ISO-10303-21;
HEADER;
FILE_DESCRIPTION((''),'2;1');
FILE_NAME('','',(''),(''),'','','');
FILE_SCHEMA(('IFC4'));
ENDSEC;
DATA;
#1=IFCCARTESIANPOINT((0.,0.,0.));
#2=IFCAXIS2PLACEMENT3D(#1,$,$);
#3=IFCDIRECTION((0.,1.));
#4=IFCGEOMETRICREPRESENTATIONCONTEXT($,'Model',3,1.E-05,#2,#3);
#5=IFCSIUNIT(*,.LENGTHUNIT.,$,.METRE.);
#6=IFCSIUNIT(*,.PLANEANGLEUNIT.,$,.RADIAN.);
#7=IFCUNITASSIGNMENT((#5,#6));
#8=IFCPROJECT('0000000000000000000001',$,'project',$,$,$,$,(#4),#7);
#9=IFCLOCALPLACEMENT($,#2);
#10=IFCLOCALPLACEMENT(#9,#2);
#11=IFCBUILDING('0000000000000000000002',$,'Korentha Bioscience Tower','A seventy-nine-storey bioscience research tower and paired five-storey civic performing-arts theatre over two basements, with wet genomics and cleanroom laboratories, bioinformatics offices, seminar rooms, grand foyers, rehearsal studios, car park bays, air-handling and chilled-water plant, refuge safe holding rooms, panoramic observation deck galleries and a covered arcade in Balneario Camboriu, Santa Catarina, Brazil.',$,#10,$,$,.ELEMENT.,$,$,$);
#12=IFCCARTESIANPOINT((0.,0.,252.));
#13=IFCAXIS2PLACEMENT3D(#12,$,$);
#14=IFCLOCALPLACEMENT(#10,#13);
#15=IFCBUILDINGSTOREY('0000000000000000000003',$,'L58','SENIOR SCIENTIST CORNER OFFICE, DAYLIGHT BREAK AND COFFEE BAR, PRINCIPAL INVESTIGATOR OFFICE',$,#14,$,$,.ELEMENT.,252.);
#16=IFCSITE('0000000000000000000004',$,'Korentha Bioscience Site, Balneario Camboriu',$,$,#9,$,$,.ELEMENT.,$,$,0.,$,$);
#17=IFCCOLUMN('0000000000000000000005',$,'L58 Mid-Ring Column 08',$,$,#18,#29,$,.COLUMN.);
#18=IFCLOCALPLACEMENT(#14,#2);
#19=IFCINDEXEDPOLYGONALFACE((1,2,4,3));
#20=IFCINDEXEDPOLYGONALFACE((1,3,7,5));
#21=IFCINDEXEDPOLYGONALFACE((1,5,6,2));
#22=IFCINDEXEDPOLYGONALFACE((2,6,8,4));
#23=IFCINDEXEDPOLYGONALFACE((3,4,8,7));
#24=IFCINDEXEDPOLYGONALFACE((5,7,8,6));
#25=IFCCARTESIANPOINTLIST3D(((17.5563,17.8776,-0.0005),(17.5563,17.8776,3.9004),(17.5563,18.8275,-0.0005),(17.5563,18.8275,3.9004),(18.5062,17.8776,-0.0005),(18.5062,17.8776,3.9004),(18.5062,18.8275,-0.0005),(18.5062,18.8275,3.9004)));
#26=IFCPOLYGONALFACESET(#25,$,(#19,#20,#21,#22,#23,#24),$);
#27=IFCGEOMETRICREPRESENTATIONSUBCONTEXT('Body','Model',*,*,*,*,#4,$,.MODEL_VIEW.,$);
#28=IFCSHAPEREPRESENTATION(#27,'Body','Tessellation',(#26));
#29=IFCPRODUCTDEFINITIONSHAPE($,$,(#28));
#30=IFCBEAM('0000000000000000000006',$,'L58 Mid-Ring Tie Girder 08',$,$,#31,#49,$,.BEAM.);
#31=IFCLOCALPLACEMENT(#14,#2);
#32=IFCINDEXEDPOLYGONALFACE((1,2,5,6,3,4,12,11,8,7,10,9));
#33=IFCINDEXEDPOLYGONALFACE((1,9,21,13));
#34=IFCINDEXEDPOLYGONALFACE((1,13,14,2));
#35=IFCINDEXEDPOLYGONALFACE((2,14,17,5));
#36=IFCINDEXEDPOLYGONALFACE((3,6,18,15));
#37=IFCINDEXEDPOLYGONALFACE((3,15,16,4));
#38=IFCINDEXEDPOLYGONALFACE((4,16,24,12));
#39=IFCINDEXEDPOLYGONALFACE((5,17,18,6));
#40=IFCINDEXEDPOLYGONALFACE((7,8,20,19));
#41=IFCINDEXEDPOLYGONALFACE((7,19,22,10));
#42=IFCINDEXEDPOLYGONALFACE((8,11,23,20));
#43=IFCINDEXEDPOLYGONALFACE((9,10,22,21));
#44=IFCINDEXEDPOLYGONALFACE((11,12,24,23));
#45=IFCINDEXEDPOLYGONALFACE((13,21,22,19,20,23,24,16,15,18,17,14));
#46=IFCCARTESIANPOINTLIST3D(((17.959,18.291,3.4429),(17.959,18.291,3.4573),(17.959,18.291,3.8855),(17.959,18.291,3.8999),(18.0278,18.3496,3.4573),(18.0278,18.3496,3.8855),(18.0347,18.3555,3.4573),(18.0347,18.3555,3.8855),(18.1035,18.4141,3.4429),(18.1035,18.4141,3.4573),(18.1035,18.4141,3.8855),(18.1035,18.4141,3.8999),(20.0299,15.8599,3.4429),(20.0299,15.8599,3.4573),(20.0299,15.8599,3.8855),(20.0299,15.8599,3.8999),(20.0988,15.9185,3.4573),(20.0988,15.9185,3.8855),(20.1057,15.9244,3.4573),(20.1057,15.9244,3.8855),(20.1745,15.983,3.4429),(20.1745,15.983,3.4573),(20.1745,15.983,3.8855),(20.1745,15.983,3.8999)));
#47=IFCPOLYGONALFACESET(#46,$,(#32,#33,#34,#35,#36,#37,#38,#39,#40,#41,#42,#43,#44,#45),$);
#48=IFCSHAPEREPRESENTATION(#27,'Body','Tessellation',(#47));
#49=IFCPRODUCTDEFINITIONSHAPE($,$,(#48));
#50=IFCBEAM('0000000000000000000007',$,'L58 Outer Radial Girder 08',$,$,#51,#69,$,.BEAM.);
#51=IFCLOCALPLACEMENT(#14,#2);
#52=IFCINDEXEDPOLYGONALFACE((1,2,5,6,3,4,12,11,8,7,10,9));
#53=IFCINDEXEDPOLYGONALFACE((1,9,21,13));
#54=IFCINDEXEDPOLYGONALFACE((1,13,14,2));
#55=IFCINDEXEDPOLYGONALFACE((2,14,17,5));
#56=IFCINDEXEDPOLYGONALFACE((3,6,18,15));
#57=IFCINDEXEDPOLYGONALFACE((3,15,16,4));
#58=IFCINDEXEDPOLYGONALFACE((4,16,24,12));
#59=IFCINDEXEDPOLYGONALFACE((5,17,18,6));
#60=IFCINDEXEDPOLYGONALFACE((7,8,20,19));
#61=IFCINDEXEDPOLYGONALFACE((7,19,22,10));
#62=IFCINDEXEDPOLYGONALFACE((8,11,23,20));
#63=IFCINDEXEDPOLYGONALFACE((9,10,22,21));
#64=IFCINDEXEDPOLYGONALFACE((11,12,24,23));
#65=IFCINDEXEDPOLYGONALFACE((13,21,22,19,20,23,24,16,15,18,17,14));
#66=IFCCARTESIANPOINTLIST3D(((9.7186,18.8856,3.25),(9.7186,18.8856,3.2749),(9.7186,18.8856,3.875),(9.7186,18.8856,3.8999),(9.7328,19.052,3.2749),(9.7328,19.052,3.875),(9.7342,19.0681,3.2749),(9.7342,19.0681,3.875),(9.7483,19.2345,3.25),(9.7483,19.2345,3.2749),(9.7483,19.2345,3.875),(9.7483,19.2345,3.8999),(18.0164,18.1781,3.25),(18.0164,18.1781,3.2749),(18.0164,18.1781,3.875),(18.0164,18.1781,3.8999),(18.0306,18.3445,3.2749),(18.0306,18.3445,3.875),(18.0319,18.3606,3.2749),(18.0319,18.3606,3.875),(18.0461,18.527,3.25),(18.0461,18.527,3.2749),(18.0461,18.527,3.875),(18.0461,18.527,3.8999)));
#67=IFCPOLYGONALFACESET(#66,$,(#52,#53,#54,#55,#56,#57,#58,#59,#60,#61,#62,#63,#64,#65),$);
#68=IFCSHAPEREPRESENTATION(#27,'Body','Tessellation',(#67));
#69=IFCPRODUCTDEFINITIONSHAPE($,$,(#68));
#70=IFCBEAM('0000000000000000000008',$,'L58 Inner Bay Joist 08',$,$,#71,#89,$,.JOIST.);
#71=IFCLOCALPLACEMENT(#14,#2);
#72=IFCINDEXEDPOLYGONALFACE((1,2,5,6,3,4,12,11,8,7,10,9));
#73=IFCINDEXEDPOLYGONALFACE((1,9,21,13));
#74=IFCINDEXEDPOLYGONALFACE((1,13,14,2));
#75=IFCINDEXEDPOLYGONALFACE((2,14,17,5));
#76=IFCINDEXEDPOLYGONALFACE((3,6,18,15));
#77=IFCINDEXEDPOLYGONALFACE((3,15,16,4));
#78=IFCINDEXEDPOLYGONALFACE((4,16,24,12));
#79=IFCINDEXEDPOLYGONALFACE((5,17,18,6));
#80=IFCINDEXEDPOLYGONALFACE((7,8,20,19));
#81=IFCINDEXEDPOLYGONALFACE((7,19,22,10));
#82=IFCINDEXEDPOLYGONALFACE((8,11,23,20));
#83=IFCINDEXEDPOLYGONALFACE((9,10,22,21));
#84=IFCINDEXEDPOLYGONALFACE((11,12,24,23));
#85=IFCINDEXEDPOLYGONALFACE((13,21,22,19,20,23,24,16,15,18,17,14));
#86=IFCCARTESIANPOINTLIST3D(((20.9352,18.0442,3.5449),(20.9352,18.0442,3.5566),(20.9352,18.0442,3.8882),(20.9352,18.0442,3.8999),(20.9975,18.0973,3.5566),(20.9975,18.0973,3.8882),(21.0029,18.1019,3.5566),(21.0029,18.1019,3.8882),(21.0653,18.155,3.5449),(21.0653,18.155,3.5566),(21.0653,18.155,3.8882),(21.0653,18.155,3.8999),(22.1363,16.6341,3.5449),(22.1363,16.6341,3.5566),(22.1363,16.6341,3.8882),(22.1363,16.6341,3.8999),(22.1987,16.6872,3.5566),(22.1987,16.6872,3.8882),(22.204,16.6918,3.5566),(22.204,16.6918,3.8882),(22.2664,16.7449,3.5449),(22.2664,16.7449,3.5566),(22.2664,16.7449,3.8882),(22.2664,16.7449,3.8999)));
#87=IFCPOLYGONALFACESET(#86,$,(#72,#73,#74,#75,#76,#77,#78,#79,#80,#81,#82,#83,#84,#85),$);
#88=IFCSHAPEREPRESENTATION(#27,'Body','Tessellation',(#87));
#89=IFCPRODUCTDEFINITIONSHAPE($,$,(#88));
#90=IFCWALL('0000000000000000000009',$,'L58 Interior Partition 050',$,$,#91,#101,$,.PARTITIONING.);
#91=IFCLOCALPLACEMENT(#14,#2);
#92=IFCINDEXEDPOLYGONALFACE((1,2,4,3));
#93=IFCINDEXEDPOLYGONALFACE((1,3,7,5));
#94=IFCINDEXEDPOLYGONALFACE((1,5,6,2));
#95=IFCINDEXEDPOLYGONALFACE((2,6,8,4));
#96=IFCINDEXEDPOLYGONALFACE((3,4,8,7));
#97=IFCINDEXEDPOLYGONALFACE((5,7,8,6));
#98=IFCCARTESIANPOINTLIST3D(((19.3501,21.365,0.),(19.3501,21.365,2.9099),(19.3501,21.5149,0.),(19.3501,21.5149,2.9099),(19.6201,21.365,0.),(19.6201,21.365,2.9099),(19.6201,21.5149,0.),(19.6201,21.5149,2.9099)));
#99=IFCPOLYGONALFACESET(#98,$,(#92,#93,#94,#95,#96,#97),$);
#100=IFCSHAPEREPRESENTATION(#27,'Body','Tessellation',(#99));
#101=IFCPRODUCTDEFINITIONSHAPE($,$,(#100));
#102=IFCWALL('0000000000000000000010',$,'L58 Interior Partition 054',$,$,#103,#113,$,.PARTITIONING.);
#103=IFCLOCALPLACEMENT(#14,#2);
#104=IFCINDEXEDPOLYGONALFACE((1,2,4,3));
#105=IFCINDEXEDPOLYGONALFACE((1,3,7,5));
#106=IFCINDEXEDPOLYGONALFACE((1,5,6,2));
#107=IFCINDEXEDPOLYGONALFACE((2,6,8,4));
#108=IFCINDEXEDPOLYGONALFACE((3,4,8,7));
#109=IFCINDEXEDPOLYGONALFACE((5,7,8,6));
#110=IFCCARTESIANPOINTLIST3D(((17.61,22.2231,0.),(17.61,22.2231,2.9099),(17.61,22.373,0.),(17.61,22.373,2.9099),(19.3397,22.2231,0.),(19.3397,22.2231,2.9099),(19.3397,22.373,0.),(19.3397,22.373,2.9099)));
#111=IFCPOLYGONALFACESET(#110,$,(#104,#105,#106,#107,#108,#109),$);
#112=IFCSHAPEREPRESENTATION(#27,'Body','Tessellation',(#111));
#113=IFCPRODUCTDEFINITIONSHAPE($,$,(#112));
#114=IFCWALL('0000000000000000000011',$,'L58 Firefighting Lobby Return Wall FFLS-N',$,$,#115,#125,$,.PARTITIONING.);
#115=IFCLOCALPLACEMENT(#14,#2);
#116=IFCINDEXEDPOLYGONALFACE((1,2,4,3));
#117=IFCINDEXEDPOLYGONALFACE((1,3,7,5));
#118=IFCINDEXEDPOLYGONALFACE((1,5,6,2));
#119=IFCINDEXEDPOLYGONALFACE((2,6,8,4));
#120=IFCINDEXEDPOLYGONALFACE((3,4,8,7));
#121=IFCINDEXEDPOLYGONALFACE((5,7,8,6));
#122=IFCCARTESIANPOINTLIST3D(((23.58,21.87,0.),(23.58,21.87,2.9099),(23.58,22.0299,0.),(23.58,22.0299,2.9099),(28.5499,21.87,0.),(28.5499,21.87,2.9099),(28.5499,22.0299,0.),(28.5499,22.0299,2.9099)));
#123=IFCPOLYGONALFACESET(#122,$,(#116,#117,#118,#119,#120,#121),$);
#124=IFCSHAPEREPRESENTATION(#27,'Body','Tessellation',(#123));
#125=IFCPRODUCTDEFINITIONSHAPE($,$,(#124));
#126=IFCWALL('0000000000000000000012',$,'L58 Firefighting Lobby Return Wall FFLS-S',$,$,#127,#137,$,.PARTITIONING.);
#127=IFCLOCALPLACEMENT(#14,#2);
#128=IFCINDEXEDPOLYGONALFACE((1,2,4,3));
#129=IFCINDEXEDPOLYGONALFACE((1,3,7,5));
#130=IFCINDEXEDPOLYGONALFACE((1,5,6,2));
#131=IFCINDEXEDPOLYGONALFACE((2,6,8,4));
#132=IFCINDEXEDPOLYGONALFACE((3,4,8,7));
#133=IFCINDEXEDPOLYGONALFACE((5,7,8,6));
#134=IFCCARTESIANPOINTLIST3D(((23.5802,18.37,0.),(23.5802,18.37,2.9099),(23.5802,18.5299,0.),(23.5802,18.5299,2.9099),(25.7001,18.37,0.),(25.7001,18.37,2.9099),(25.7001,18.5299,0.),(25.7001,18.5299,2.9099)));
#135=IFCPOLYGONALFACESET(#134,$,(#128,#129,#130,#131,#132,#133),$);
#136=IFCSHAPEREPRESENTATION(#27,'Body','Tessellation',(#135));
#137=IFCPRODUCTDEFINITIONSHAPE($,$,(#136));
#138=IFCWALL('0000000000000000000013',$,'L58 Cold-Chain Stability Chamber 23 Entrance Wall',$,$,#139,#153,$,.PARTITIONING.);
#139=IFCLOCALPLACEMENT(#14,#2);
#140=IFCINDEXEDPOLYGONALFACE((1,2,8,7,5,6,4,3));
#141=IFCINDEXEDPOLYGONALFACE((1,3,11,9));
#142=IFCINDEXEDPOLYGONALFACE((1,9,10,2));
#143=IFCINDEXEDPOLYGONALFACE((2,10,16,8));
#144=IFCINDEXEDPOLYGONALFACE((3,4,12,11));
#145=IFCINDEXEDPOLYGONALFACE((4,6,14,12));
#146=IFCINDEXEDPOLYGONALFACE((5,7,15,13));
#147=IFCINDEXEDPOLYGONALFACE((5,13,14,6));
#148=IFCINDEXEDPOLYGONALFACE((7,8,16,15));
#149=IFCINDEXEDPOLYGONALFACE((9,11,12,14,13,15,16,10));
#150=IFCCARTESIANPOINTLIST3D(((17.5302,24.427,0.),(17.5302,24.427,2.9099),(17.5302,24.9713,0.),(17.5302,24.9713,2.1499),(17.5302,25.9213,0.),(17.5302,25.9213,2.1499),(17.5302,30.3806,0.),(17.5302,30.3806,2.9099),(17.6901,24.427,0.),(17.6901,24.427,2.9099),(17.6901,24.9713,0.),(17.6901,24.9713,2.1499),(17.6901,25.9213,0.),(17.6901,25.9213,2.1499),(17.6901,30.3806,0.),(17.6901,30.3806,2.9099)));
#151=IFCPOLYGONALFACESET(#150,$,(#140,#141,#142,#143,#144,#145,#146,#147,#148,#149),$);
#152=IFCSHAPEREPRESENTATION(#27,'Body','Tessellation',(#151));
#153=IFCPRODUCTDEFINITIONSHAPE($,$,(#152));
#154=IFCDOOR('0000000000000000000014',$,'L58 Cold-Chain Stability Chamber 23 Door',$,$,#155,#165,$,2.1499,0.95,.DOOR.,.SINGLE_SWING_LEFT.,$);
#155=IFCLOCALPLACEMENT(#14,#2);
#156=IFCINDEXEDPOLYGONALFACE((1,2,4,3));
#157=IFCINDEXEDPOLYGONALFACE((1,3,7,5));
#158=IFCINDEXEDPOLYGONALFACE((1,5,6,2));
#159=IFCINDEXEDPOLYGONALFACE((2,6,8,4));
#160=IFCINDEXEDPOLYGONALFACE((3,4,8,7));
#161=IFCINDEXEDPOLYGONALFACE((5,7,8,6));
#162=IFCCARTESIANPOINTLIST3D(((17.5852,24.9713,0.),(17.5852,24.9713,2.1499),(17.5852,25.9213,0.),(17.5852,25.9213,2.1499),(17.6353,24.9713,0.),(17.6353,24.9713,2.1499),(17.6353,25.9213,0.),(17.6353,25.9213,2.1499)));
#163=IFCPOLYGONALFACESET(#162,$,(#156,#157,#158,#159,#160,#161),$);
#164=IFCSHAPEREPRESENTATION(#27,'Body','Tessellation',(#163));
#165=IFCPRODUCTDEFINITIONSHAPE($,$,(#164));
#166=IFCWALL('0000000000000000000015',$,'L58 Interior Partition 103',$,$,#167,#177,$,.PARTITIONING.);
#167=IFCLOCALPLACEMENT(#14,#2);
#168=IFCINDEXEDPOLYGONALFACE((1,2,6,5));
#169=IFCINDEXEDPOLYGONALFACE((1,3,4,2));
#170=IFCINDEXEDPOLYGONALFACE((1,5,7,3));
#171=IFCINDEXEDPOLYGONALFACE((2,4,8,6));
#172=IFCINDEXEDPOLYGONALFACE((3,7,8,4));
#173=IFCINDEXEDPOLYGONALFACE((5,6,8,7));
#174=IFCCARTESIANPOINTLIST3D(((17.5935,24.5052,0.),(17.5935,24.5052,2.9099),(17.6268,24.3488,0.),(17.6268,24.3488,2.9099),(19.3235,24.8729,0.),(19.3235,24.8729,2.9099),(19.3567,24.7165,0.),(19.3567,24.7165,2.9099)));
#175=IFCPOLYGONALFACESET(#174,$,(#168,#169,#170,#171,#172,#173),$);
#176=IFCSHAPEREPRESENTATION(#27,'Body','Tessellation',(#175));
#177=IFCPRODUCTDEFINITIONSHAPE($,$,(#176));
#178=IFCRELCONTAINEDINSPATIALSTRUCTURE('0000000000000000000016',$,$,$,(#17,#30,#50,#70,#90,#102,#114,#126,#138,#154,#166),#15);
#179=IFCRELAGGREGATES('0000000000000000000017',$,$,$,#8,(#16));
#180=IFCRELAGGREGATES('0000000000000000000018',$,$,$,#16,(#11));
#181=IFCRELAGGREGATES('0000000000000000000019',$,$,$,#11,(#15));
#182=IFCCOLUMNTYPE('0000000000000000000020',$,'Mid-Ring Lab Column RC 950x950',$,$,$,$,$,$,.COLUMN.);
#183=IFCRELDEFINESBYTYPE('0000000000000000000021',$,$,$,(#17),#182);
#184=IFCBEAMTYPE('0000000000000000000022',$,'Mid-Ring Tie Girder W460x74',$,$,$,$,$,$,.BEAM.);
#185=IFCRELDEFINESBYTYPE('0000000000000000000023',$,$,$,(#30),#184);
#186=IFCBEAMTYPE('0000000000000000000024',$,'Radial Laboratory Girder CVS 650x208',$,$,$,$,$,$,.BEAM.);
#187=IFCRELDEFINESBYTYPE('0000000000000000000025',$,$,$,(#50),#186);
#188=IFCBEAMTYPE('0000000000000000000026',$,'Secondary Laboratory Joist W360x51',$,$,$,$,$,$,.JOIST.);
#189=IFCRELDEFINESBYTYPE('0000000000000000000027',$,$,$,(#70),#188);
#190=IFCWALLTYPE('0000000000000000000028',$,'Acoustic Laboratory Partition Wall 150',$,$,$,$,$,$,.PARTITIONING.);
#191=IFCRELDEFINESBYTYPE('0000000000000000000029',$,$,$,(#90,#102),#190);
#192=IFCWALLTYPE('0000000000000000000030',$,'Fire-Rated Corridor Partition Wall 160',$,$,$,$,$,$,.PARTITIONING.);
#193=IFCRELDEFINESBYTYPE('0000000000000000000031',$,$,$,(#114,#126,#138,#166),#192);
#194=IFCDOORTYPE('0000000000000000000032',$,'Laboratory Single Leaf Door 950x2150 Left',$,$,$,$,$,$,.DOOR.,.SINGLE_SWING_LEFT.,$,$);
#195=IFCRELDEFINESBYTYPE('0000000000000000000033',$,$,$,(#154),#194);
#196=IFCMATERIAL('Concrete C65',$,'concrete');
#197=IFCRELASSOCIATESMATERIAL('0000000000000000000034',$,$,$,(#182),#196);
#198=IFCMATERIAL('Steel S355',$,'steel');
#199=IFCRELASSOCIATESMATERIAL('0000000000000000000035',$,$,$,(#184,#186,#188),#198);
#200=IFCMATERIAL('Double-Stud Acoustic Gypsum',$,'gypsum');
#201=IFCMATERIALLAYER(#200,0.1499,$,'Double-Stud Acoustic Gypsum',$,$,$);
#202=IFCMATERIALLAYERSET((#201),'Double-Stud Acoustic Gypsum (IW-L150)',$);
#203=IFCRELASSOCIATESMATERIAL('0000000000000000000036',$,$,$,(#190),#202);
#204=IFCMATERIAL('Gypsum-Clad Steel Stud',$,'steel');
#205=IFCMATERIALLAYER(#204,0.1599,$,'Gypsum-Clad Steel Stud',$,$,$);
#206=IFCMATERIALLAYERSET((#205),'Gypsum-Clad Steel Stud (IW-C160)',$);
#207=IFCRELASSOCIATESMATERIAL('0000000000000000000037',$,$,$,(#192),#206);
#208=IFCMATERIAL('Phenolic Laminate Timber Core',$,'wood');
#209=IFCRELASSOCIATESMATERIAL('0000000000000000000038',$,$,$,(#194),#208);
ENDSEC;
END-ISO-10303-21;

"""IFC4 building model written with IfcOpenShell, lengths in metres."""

from ifc_helpers import new_model, si_unit, direction, frame, frame_2d, origin, origin_2d, place, context, subcontext, project, spatial, rectangle, i_section, extrude, material, layer, layer_set, material_profile, profile_set, type_object, element, fill, save


model = new_model("IFC4")

# Units and contexts
model_context = context("Model", 3, precision=1e-05, world=origin(), true_north=direction((0.0, 1.0)))
body_context = subcontext(model_context, "Body", "Model", "MODEL_VIEW")
ifc_project = project(units=[si_unit("LENGTHUNIT", "METRE"), si_unit("PLANEANGLEUNIT", "RADIAN")], contexts=[model_context])

# Site, building, storey
site_placement = place(None, origin())
site = spatial("IfcSite", under=ifc_project, at=site_placement, Name="Korentha Bioscience Site, Balneario Camboriu", CompositionType="ELEMENT", RefElevation=0.0)
building_placement = place(site_placement, origin())
building = spatial("IfcBuilding", under=site, at=building_placement, Name="Korentha Bioscience Tower", Description="A seventy-nine-storey bioscience research tower and paired five-storey civic performing-arts theatre over two basements, with wet genomics and cleanroom laboratories, bioinformatics offices, seminar rooms, grand foyers, rehearsal studios, car park bays, air-handling and chilled-water plant, refuge safe holding rooms, panoramic observation deck galleries and a covered arcade in Balneario Camboriu, Santa Catarina, Brazil.", CompositionType="ELEMENT")
storey_placement = place(building_placement, frame((0.0, 0.0, 252.0)))
storey = spatial("IfcBuildingStorey", under=building, at=storey_placement, Name="L58", Description="SENIOR SCIENTIST CORNER OFFICE, DAYLIGHT BREAK AND COFFEE BAR, PRINCIPAL INVESTIGATOR OFFICE", CompositionType="ELEMENT", Elevation=252.0)

# Column
ifc_material_1 = material(Name="Concrete C65", Category="concrete")
ifc_material_profile_1 = material_profile(ifc_material_1, rectangle(XDim=0.95, YDim=0.95, at=origin_2d()), Name="Concrete C65")
ifc_profile_set_1 = profile_set([ifc_material_profile_1], Name="Concrete C65 (COL-MR09)")
column_type = type_object("IfcColumnType", Name="Mid-Ring Lab Column RC 950x950", PredefinedType="COLUMN", material=ifc_profile_set_1)
column_placement = place(storey_placement, frame((18.0312, 18.3525, -0.0005), z_axis=(0.0, 0.0, 1.0), x_axis=(1.0, 0.0, 0.0)))
element("IfcColumn", 1, at=column_placement, inside=storey, type_object=column_type, Name="L58 Mid-Ring Column 08", PredefinedType="COLUMN", context=body_context, shape_type="SweptSolid", body=[
    extrude(rectangle(XDim=0.95, YDim=0.95, at=origin_2d()), origin(), (0.0, 0.0, 1.0), 3.9009),
])

# Beams
ifc_material_2 = material(Name="Steel S355", Category="steel")
ifc_material_profile_2 = material_profile(ifc_material_2, i_section(OverallWidth=0.1899, OverallDepth=0.457, WebThickness=0.009, FlangeThickness=0.0144, at=origin_2d()), Name="Steel S355")
ifc_profile_set_2 = profile_set([ifc_material_profile_2], Name="Steel S355 (MB-460)")
beam_type_1 = type_object("IfcBeamType", Name="Mid-Ring Tie Girder W460x74", PredefinedType="BEAM", material=ifc_profile_set_2)
beam_1_placement = place(storey_placement, frame((18.0312, 18.3525, 3.6714), z_axis=(0.648478, -0.761233, 0.0), x_axis=(0.761233, 0.648478, 0.0)))
element("IfcBeam", 2, at=beam_1_placement, inside=storey, type_object=beam_type_1, Name="L58 Mid-Ring Tie Girder 08", PredefinedType="BEAM", context=body_context, shape_type="SweptSolid", body=[
    extrude(i_section(OverallWidth=0.1899, OverallDepth=0.457, WebThickness=0.009, FlangeThickness=0.0144, at=origin_2d()), origin(), (0.0, 0.0, 1.0), 3.1936),
])
ifc_material_profile_3 = material_profile(ifc_material_2, i_section(OverallWidth=0.3501, OverallDepth=0.6499, WebThickness=0.0161, FlangeThickness=0.0249, at=origin_2d()), Name="Steel S355")
ifc_profile_set_3 = profile_set([ifc_material_profile_3], Name="Steel S355 (RB-650)")
beam_type_2 = type_object("IfcBeamType", Name="Radial Laboratory Girder CVS 650x208", PredefinedType="BEAM", material=ifc_profile_set_3)
beam_2_placement = place(storey_placement, frame((18.0312, 18.3525, 3.575), z_axis=(-0.996385, 0.084957, 0.0), x_axis=(-0.084957, -0.996385, 0.0)))
element("IfcBeam", 3, at=beam_2_placement, inside=storey, type_object=beam_type_2, Name="L58 Outer Radial Girder 08", PredefinedType="BEAM", context=body_context, shape_type="SweptSolid", body=[
    extrude(i_section(OverallWidth=0.3501, OverallDepth=0.6499, WebThickness=0.0161, FlangeThickness=0.0249, at=origin_2d()), origin(), (0.0, 0.0, 1.0), 8.3279),
])
ifc_material_profile_4 = material_profile(ifc_material_2, i_section(OverallWidth=0.1709, OverallDepth=0.355, WebThickness=0.0071, FlangeThickness=0.0117, at=origin_2d()), Name="Steel S355")
ifc_profile_set_4 = profile_set([ifc_material_profile_4], Name="Steel S355 (JB-360)")
beam_type_3 = type_object("IfcBeamType", Name="Secondary Laboratory Joist W360x51", PredefinedType="JOIST", material=ifc_profile_set_4)
beam_3_placement = place(storey_placement, frame((21.0002, 18.0996, 3.7224), z_axis=(0.648444, -0.761263, 0.0), x_axis=(0.761263, 0.648444, 0.0)))
element("IfcBeam", 4, at=beam_3_placement, inside=storey, type_object=beam_type_3, Name="L58 Inner Bay Joist 08", PredefinedType="JOIST", context=body_context, shape_type="SweptSolid", body=[
    extrude(i_section(OverallWidth=0.1709, OverallDepth=0.355, WebThickness=0.0071, FlangeThickness=0.0117, at=origin_2d()), origin(), (0.0, 0.0, 1.0), 1.8523),
])

# Shared definitions
ifc_material_3 = material(Name="Double-Stud Acoustic Gypsum", Category="gypsum")
ifc_layer_1 = layer(ifc_material_3, 0.1499, Name="Double-Stud Acoustic Gypsum")
ifc_layer_set_1 = layer_set([ifc_layer_1], Name="Double-Stud Acoustic Gypsum (IW-L150)")
wall_type_1 = type_object("IfcWallType", Name="Acoustic Laboratory Partition Wall 150", PredefinedType="PARTITIONING", material=ifc_layer_set_1)
ifc_material_4 = material(Name="Phenolic Laminate Timber Core", Category="wood")

# Walls
wall_1_placement = place(storey_placement, frame((19.3501, 21.4399, 0.0), z_axis=(0.0, 0.0, 1.0), x_axis=(1.0, 0.0, 0.0)))
element("IfcWall", 5, at=wall_1_placement, inside=storey, type_object=wall_type_1, Name="L58 Interior Partition 050", PredefinedType="PARTITIONING", context=body_context, shape_type="SweptSolid", body=[
    extrude(rectangle(XDim=0.27, YDim=0.1499, at=frame_2d((0.135, 0.0))), origin(), (0.0, 0.0, 1.0), 2.9099),
])
wall_2_placement = place(storey_placement, frame((17.6101, 22.2981, 0.0), z_axis=(0.0, 0.0, 1.0), x_axis=(1.0, 0.0, 0.0)))
element("IfcWall", 6, at=wall_2_placement, inside=storey, type_object=wall_type_1, Name="L58 Interior Partition 054", PredefinedType="PARTITIONING", context=body_context, shape_type="SweptSolid", body=[
    extrude(rectangle(XDim=1.7297, YDim=0.1499, at=frame_2d((0.8647, 0.0))), origin(), (0.0, 0.0, 1.0), 2.9099),
])

# Shared definitions
ifc_material_5 = material(Name="Gypsum-Clad Steel Stud", Category="steel")
ifc_layer_2 = layer(ifc_material_5, 0.1599, Name="Gypsum-Clad Steel Stud")
ifc_layer_set_2 = layer_set([ifc_layer_2], Name="Gypsum-Clad Steel Stud (IW-C160)")
wall_type_2 = type_object("IfcWallType", Name="Fire-Rated Corridor Partition Wall 160", PredefinedType="PARTITIONING", material=ifc_layer_set_2)

# Walls
wall_3_placement = place(storey_placement, frame((23.5801, 21.95, 0.0), z_axis=(0.0, 0.0, 1.0), x_axis=(1.0, 0.0, 0.0)))
element("IfcWall", 7, at=wall_3_placement, inside=storey, type_object=wall_type_2, Name="L58 Firefighting Lobby Return Wall FFLS-N", PredefinedType="PARTITIONING", context=body_context, shape_type="SweptSolid", body=[
    extrude(rectangle(XDim=4.97, YDim=0.1599, at=frame_2d((2.4849, 0.0))), origin(), (0.0, 0.0, 1.0), 2.9099),
])
wall_4_placement = place(storey_placement, frame((23.5801, 18.45, 0.0), z_axis=(0.0, 0.0, 1.0), x_axis=(1.0, 0.0, 0.0)))
element("IfcWall", 8, at=wall_4_placement, inside=storey, type_object=wall_type_2, Name="L58 Firefighting Lobby Return Wall FFLS-S", PredefinedType="PARTITIONING", context=body_context, shape_type="SweptSolid", body=[
    extrude(rectangle(XDim=2.1199, YDim=0.1599, at=frame_2d((1.0601, 0.0))), origin(), (0.0, 0.0, 1.0), 2.9099),
])

# Wall, opening, door
wall_5_placement = place(storey_placement, frame((17.6101, 24.427, 0.0), z_axis=(0.0, 0.0, 1.0), x_axis=(0.0, 1.0, 0.0)))
wall_5 = element("IfcWall", 9, at=wall_5_placement, inside=storey, type_object=wall_type_2, Name="L58 Cold-Chain Stability Chamber 23 Entrance Wall", PredefinedType="PARTITIONING", context=body_context, shape_type="SweptSolid", body=[
    extrude(rectangle(XDim=5.9536, YDim=0.1599, at=frame_2d((2.9768, 0.0))), origin(), (0.0, 0.0, 1.0), 2.9099),
])
opening_1_placement = place(wall_5_placement, frame((0.5442, 0.0, 0.0)))
opening_1 = element("IfcOpeningElement", 10, at=opening_1_placement, cuts=wall_5, PredefinedType="OPENING", context=body_context, shape_type="SweptSolid", body=[
    extrude(rectangle(XDim=0.95, YDim=2.1499, at=frame_2d((0.4751, 1.075))), frame((0.0, 0.0947, 0.0), z_axis=(0.0, -1.0, 0.0), x_axis=(1.0, 0.0, 0.0)), (0.0, 0.0, 1.0), 0.1897),
])
door_type_1 = type_object("IfcDoorType", Name="Laboratory Single Leaf Door 950x2150 Left", OperationType="SINGLE_SWING_LEFT", PredefinedType="DOOR", material=ifc_material_4)
door_1_placement = place(opening_1_placement, origin())
door_1 = element("IfcDoor", 11, at=door_1_placement, inside=storey, type_object=door_type_1, Name="L58 Cold-Chain Stability Chamber 23 Door", OperationType="SINGLE_SWING_LEFT", OverallHeight=2.1499, OverallWidth=0.95, PredefinedType="DOOR", context=body_context, shape_type="SweptSolid", body=[
    extrude(rectangle(XDim=0.95, YDim=2.1499, at=frame_2d((0.4751, 1.075))), frame((0.0, 0.0249, 0.0), z_axis=(0.0, -1.0, 0.0), x_axis=(1.0, 0.0, 0.0)), (0.0, 0.0, 1.0), 0.05),
])
fill(opening_1, door_1)

# Wall
wall_6_placement = place(storey_placement, frame((19.3401, 24.7947, 0.0), z_axis=(0.0, 0.0, 1.0), x_axis=(-0.978153, -0.207888, 0.0)))
element("IfcWall", 12, at=wall_6_placement, inside=storey, type_object=wall_type_2, Name="L58 Interior Partition 103", PredefinedType="PARTITIONING", context=body_context, shape_type="SweptSolid", body=[
    extrude(rectangle(XDim=1.7686, YDim=0.1599, at=frame_2d((0.8843, 0.0))), origin(), (0.0, 0.0, 1.0), 2.9099),
])

save(model, "model.ifc")
